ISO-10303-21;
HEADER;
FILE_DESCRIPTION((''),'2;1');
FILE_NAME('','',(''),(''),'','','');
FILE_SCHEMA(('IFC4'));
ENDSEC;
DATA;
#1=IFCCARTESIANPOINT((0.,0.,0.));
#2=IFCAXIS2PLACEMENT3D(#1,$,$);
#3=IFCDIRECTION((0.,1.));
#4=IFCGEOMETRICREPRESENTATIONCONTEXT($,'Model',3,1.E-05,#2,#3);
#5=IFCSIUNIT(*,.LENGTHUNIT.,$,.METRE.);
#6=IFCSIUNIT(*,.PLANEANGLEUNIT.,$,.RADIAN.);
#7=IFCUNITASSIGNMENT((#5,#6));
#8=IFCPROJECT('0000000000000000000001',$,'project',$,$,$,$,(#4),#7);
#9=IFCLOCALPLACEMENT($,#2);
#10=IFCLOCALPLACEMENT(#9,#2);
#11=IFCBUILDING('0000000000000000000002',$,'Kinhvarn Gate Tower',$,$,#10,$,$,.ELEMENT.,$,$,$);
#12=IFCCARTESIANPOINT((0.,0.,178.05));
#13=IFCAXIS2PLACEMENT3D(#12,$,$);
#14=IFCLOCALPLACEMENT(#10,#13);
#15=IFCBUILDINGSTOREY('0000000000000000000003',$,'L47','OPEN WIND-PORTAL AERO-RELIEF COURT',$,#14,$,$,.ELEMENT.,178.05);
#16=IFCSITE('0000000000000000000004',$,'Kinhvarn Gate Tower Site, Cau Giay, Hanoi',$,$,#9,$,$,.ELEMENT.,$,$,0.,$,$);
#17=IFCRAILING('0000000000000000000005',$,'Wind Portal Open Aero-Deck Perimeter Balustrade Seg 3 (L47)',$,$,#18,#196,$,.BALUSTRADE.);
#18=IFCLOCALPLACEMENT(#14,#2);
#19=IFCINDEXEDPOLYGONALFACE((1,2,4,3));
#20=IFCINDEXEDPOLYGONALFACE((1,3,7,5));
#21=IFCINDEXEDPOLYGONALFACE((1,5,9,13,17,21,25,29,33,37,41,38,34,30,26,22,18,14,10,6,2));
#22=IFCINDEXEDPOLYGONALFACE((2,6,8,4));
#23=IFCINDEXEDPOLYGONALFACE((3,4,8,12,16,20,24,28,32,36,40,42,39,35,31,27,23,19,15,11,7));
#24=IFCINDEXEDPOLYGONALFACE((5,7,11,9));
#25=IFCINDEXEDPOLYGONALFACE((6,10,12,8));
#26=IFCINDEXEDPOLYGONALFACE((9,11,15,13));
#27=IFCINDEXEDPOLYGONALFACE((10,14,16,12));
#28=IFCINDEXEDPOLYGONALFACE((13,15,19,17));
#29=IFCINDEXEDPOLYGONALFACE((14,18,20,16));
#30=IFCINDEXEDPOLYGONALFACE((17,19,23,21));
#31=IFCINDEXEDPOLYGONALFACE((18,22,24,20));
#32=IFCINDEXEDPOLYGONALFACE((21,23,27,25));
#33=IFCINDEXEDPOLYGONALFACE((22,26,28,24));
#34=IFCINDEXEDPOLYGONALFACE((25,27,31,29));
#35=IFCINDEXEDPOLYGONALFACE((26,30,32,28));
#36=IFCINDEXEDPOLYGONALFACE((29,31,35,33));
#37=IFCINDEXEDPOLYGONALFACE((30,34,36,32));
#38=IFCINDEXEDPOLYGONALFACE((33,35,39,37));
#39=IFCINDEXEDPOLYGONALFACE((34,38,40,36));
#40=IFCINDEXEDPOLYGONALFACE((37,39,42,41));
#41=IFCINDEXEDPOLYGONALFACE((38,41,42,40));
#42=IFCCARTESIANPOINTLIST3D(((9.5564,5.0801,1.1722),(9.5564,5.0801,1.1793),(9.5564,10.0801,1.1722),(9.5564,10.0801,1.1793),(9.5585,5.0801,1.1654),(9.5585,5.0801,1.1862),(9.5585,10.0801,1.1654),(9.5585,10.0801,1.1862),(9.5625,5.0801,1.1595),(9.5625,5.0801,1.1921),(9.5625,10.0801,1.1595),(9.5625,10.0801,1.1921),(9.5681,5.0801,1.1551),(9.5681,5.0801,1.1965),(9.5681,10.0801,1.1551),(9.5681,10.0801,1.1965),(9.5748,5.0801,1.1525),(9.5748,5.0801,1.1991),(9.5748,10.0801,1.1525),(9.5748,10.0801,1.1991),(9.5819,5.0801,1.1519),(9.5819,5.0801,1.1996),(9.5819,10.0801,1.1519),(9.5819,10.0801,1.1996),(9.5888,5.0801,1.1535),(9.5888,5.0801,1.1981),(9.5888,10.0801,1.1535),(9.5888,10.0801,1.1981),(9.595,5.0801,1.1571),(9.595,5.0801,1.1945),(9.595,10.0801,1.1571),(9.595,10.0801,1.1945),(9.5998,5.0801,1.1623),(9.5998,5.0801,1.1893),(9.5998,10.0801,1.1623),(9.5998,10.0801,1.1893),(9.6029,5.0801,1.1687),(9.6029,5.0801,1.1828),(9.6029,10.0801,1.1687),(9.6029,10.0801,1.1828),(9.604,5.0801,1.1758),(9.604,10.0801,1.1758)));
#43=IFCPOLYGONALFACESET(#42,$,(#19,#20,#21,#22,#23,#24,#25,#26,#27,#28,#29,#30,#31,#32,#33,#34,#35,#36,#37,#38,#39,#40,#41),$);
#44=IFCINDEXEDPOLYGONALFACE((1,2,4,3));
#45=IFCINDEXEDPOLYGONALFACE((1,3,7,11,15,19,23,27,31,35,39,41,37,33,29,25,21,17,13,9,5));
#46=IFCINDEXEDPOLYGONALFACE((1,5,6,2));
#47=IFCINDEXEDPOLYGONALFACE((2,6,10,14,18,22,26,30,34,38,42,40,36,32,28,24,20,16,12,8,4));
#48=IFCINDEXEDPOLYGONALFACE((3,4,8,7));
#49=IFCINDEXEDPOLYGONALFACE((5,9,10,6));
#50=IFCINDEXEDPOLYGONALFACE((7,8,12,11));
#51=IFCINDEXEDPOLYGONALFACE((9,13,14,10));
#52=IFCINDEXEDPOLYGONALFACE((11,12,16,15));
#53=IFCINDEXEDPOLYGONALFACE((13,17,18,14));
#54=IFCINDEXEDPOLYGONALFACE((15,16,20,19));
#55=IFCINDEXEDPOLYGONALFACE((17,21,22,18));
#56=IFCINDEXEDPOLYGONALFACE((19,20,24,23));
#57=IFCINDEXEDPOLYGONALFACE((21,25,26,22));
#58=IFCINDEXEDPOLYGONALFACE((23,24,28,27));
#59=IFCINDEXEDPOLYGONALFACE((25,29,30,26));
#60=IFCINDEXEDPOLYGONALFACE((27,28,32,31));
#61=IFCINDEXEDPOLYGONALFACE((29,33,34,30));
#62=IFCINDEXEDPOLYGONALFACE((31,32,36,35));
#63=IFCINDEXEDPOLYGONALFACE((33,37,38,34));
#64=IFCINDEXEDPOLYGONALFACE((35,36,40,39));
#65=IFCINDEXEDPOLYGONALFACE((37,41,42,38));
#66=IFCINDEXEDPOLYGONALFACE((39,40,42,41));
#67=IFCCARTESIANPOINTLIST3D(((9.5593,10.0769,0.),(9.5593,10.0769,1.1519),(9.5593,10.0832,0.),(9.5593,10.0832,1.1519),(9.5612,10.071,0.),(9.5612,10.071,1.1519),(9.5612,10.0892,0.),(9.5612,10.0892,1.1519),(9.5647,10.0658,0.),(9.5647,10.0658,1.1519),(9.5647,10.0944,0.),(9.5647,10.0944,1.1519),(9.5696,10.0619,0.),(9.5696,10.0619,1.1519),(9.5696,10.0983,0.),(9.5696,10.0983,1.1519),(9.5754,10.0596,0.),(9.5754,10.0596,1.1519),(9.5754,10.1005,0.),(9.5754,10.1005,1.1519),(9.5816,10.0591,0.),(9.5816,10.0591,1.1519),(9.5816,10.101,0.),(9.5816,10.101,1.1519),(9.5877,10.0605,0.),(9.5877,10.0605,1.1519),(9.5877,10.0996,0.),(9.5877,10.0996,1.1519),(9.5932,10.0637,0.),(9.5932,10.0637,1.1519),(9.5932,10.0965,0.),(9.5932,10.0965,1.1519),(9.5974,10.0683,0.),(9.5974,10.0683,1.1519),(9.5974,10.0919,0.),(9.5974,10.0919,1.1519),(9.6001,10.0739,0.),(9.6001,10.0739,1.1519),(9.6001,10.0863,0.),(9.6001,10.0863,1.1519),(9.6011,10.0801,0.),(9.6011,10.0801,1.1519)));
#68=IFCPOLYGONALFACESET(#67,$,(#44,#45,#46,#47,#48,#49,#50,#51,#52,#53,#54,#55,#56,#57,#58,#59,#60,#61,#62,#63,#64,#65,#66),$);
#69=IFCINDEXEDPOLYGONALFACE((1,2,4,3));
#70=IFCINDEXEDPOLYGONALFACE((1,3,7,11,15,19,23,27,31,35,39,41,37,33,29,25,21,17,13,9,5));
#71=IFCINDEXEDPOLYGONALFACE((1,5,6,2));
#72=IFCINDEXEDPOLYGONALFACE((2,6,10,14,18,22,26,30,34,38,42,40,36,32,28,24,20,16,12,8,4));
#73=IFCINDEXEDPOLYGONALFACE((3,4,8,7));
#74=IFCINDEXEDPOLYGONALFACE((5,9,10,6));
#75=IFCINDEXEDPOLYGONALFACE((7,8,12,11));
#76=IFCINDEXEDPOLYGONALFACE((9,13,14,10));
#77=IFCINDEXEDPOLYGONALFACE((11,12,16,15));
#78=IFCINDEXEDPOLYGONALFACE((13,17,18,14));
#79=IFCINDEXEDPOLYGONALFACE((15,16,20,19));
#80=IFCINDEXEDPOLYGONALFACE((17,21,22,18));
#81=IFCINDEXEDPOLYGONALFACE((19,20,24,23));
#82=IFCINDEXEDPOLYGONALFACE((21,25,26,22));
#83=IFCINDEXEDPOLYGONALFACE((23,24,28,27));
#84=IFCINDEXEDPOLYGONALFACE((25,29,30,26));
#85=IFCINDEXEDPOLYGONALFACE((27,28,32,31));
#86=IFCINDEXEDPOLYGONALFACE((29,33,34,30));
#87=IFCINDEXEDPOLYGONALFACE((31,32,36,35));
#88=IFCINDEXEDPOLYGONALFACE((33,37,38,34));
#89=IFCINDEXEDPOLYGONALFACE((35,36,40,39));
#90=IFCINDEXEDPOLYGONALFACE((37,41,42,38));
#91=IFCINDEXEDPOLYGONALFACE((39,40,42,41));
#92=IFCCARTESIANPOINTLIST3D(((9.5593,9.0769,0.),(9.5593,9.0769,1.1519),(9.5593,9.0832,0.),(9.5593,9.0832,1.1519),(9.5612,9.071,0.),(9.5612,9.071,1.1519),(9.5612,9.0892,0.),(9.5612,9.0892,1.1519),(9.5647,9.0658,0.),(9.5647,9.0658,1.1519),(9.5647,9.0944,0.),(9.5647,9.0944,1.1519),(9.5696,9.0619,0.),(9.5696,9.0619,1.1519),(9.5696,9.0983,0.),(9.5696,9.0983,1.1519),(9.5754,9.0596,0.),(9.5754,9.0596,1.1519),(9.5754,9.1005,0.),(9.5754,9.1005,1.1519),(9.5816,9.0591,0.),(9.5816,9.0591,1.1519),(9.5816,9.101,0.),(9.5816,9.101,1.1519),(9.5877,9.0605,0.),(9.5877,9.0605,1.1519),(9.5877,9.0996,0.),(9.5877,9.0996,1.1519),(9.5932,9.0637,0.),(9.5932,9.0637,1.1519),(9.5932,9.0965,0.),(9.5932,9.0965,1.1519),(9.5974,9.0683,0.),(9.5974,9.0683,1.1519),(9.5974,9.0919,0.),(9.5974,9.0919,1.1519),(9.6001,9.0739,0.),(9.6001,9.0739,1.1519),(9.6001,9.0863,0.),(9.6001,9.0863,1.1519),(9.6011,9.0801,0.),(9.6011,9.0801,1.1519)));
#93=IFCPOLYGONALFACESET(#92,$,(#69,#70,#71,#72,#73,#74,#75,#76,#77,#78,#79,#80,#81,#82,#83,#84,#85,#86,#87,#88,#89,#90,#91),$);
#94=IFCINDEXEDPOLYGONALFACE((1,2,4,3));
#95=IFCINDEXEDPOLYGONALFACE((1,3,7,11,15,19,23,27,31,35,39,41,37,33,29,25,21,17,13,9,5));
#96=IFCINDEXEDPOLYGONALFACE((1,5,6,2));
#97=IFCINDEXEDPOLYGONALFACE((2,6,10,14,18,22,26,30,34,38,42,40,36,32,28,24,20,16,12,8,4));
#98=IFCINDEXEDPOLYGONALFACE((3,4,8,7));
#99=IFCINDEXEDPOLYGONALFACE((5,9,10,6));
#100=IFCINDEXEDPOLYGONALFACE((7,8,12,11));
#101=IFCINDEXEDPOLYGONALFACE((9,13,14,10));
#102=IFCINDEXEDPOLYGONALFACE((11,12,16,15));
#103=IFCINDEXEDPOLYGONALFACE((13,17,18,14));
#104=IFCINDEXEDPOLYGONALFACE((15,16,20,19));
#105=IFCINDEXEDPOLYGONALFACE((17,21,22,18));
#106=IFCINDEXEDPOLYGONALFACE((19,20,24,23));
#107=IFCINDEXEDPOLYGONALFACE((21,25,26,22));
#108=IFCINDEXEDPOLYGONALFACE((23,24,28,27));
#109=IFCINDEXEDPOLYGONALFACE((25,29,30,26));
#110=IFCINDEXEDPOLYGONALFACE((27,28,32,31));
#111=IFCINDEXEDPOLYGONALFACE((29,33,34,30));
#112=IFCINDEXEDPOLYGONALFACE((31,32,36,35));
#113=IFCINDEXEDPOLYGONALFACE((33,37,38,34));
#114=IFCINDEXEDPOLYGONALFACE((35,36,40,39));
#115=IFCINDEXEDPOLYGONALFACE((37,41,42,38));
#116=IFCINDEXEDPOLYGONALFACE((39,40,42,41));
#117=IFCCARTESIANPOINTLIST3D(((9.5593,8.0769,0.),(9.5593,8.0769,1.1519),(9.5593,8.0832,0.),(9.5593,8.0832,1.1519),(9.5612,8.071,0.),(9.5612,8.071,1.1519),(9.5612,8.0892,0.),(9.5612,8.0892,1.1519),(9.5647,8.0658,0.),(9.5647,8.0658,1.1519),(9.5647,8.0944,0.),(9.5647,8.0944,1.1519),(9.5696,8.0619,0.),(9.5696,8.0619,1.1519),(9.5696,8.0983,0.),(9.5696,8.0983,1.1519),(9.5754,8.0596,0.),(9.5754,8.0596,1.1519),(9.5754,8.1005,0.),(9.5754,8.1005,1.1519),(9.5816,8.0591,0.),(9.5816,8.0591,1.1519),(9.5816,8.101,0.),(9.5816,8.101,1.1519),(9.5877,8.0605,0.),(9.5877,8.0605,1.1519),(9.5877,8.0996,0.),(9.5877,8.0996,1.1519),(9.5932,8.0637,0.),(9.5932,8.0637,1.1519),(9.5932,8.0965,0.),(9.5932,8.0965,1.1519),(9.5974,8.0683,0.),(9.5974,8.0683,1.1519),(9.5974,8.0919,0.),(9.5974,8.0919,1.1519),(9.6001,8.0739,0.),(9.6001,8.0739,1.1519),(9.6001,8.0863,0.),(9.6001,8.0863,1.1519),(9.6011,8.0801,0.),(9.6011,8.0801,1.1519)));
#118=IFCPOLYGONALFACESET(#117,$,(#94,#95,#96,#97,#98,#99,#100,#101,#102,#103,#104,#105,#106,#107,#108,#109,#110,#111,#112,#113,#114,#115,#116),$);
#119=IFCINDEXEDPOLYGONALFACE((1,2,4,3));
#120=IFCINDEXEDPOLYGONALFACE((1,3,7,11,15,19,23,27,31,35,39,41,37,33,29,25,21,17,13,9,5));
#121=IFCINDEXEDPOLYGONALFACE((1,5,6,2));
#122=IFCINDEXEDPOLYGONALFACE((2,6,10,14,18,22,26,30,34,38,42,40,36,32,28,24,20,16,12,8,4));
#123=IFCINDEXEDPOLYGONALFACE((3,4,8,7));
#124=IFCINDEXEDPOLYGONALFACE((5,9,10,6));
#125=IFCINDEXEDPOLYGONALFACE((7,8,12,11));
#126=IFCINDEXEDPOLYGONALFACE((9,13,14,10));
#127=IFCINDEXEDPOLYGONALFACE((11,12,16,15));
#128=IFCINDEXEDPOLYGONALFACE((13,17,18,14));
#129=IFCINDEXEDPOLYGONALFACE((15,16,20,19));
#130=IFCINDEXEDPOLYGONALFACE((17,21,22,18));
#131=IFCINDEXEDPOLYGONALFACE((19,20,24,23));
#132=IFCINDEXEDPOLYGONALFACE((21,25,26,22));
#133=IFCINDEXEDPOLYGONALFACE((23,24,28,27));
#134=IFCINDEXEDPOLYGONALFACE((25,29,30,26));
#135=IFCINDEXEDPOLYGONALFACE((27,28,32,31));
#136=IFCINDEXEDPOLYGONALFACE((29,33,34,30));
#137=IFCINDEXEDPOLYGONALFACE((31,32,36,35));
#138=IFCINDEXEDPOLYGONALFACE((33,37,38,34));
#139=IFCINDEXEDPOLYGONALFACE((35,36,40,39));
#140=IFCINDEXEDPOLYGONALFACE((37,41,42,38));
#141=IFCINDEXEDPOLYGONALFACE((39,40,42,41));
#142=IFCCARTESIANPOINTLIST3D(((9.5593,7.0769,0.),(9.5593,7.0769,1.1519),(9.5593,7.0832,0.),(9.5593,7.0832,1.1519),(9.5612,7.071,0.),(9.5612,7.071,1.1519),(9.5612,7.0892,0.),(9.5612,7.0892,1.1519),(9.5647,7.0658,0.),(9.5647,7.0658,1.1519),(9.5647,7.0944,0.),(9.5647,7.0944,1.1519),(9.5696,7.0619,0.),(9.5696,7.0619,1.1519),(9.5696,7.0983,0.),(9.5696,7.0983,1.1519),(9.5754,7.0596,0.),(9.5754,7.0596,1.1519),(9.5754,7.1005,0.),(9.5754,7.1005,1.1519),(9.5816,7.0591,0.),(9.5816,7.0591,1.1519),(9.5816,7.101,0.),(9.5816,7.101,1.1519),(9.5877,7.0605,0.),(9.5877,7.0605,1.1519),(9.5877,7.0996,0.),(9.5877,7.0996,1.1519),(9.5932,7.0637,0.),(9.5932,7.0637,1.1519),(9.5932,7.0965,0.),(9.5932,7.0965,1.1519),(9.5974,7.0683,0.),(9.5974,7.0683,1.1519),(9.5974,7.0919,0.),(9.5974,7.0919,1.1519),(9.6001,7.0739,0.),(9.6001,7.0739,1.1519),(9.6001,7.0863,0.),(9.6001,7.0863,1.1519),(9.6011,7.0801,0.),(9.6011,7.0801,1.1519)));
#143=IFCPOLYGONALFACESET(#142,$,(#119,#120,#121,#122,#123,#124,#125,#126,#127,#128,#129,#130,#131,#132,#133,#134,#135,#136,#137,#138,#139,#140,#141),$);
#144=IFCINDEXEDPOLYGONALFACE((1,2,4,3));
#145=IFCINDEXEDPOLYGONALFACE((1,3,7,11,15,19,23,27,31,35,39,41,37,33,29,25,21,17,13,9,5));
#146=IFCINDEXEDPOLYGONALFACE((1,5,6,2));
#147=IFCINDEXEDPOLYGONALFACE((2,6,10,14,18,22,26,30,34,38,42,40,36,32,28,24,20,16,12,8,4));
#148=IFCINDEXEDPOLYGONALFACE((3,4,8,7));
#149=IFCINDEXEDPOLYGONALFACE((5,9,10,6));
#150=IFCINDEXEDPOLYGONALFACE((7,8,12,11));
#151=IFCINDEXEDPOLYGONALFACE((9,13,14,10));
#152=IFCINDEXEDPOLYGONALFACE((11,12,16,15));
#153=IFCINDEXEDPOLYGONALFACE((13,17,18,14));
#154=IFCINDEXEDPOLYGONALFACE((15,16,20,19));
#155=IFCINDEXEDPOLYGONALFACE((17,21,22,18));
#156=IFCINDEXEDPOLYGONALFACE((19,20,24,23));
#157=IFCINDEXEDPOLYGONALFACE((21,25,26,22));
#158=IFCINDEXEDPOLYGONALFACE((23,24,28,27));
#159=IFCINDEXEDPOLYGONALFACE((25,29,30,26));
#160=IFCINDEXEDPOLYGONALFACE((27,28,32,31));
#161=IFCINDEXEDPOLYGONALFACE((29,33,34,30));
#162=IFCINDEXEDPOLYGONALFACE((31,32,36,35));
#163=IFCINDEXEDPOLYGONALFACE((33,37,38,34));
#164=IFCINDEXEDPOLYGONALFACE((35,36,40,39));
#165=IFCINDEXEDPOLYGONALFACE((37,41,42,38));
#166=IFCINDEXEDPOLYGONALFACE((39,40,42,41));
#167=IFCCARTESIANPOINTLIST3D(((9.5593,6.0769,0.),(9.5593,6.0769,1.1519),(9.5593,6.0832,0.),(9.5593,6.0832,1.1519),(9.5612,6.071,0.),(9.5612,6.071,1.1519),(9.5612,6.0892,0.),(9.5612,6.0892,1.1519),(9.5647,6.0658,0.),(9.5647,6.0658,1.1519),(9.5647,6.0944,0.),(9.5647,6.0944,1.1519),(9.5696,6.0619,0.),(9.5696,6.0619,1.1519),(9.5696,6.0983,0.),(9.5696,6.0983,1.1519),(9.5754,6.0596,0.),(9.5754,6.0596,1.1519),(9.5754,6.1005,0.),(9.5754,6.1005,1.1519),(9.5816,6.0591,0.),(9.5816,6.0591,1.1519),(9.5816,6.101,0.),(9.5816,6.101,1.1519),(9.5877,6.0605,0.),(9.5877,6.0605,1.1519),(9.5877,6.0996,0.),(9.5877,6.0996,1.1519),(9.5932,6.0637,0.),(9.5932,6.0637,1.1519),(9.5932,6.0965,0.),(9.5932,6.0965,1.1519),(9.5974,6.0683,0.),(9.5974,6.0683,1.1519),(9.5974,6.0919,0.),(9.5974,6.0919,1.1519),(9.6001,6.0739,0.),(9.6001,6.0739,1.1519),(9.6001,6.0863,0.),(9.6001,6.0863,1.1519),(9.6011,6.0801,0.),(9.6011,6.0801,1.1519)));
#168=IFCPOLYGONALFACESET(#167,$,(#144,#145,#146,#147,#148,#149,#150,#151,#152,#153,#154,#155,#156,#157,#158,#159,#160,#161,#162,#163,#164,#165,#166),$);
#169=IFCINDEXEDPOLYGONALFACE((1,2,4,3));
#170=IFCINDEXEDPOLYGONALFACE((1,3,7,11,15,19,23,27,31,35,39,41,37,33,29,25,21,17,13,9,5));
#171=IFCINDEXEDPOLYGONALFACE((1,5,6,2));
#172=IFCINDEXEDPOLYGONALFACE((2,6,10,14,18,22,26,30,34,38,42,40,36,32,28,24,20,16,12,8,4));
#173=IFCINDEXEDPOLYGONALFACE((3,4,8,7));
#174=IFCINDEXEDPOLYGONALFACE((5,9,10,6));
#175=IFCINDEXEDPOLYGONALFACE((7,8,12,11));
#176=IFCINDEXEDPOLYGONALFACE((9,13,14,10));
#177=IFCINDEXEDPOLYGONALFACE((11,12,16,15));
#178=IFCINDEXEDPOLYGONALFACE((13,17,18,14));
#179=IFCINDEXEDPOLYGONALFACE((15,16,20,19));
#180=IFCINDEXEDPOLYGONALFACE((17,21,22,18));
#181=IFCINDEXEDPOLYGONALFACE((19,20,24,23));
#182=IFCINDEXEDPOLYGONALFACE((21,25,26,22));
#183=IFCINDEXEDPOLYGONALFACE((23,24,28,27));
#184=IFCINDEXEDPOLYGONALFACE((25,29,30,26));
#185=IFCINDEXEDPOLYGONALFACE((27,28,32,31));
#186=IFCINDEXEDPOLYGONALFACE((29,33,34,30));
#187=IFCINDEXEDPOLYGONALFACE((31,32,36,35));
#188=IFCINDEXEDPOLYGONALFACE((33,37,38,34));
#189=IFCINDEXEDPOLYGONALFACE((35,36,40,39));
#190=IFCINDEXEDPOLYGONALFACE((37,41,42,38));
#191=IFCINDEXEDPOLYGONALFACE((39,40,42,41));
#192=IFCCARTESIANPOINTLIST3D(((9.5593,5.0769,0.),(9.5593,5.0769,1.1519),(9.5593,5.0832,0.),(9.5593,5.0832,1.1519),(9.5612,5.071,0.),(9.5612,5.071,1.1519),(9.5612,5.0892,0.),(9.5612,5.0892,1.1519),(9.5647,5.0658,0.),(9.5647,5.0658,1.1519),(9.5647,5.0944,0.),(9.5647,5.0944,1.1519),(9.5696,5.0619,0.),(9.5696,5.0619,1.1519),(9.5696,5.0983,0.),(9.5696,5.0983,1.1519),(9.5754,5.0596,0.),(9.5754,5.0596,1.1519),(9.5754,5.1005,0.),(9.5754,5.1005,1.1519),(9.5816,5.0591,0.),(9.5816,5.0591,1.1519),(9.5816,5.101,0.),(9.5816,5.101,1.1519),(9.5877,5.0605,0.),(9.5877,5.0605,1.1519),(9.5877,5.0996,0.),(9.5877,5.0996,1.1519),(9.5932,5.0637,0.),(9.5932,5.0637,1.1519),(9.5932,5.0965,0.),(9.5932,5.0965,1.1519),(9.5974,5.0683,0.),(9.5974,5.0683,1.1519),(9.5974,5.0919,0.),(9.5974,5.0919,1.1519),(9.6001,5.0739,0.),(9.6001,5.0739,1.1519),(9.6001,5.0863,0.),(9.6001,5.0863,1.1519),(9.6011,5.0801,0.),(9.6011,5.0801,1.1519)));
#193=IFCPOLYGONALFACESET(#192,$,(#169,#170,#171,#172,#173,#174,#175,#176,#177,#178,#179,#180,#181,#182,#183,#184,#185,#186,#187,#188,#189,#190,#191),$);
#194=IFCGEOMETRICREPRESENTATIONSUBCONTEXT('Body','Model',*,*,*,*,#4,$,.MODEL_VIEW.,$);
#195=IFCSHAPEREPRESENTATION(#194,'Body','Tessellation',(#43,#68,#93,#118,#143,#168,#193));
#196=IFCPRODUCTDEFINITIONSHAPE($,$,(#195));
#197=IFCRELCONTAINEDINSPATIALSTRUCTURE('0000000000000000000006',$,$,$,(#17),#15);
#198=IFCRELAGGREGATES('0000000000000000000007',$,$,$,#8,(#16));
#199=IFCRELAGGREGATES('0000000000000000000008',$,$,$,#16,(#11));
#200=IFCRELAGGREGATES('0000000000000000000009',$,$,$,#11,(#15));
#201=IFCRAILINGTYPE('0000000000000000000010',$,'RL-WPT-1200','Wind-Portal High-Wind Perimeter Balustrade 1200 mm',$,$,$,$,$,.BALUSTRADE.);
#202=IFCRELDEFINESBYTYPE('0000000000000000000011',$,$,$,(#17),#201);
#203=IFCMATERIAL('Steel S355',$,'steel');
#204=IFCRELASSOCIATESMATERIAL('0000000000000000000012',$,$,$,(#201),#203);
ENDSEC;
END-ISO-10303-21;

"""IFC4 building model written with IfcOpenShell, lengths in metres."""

from ifc_helpers import new_model, si_unit, direction, frame, origin, origin_2d, place, context, subcontext, project, spatial, circle, extrude, material, type_object, element, save


model = new_model("IFC4")

# Units and contexts
model_context = context("Model", 3, precision=1e-05, world=origin(), true_north=direction((0.0, 1.0)))
body_context = subcontext(model_context, "Body", "Model", "MODEL_VIEW")
ifc_project = project(units=[si_unit("LENGTHUNIT", "METRE"), si_unit("PLANEANGLEUNIT", "RADIAN")], contexts=[model_context])

# Site, building, storey
site_placement = place(None, origin())
site = spatial("IfcSite", under=ifc_project, at=site_placement, Name="Kinhvarn Gate Tower Site, Cau Giay, Hanoi", CompositionType="ELEMENT", RefElevation=0.0)
building_placement = place(site_placement, origin())
building = spatial("IfcBuilding", under=site, at=building_placement, Name="Kinhvarn Gate Tower", CompositionType="ELEMENT")
storey_placement = place(building_placement, frame((0.0, 0.0, 178.05)))
storey = spatial("IfcBuildingStorey", under=building, at=storey_placement, Name="L47", Description="OPEN WIND-PORTAL AERO-RELIEF COURT", CompositionType="ELEMENT", Elevation=178.05)

# Shared definitions
ifc_material_1 = material(Name="Steel S355", Category="steel")

# Railing
railing_type = type_object("IfcRailingType", Name="RL-WPT-1200", Description="Wind-Portal High-Wind Perimeter Balustrade 1200 mm", PredefinedType="BALUSTRADE", material=ifc_material_1)
railing_1_placement = place(storey_placement, frame((9.5801, 10.0801, 0.0)))
element("IfcRailing", 1, at=railing_1_placement, inside=storey, type_object=railing_type, Name="Wind Portal Open Aero-Deck Perimeter Balustrade Seg 3 (L47)", PredefinedType="BALUSTRADE", context=body_context, shape_type="SweptSolid", body=[
    extrude(circle(Radius=0.0239, at=origin_2d()), frame((0.0, 0.0, 1.1758), z_axis=(0.0, -1.0, 0.0), x_axis=(1.0, 0.0, 0.0)), (0.0, 0.0, 1.0), 5.0),
    extrude(circle(Radius=0.021, at=origin_2d()), origin(), (0.0, 0.0, 1.0), 1.1519),
    extrude(circle(Radius=0.021, at=origin_2d()), frame((0.0, -1.0, 0.0)), (0.0, 0.0, 1.0), 1.1519),
    extrude(circle(Radius=0.021, at=origin_2d()), frame((0.0, -2.0, 0.0)), (0.0, 0.0, 1.0), 1.1519),
    extrude(circle(Radius=0.021, at=origin_2d()), frame((0.0, -3.0, 0.0)), (0.0, 0.0, 1.0), 1.1519),
    extrude(circle(Radius=0.021, at=origin_2d()), frame((0.0, -4.0, 0.0)), (0.0, 0.0, 1.0), 1.1519),
    extrude(circle(Radius=0.021, at=origin_2d()), frame((0.0, -5.0, 0.0)), (0.0, 0.0, 1.0), 1.1519),
])

save(model, "model.ifc")
